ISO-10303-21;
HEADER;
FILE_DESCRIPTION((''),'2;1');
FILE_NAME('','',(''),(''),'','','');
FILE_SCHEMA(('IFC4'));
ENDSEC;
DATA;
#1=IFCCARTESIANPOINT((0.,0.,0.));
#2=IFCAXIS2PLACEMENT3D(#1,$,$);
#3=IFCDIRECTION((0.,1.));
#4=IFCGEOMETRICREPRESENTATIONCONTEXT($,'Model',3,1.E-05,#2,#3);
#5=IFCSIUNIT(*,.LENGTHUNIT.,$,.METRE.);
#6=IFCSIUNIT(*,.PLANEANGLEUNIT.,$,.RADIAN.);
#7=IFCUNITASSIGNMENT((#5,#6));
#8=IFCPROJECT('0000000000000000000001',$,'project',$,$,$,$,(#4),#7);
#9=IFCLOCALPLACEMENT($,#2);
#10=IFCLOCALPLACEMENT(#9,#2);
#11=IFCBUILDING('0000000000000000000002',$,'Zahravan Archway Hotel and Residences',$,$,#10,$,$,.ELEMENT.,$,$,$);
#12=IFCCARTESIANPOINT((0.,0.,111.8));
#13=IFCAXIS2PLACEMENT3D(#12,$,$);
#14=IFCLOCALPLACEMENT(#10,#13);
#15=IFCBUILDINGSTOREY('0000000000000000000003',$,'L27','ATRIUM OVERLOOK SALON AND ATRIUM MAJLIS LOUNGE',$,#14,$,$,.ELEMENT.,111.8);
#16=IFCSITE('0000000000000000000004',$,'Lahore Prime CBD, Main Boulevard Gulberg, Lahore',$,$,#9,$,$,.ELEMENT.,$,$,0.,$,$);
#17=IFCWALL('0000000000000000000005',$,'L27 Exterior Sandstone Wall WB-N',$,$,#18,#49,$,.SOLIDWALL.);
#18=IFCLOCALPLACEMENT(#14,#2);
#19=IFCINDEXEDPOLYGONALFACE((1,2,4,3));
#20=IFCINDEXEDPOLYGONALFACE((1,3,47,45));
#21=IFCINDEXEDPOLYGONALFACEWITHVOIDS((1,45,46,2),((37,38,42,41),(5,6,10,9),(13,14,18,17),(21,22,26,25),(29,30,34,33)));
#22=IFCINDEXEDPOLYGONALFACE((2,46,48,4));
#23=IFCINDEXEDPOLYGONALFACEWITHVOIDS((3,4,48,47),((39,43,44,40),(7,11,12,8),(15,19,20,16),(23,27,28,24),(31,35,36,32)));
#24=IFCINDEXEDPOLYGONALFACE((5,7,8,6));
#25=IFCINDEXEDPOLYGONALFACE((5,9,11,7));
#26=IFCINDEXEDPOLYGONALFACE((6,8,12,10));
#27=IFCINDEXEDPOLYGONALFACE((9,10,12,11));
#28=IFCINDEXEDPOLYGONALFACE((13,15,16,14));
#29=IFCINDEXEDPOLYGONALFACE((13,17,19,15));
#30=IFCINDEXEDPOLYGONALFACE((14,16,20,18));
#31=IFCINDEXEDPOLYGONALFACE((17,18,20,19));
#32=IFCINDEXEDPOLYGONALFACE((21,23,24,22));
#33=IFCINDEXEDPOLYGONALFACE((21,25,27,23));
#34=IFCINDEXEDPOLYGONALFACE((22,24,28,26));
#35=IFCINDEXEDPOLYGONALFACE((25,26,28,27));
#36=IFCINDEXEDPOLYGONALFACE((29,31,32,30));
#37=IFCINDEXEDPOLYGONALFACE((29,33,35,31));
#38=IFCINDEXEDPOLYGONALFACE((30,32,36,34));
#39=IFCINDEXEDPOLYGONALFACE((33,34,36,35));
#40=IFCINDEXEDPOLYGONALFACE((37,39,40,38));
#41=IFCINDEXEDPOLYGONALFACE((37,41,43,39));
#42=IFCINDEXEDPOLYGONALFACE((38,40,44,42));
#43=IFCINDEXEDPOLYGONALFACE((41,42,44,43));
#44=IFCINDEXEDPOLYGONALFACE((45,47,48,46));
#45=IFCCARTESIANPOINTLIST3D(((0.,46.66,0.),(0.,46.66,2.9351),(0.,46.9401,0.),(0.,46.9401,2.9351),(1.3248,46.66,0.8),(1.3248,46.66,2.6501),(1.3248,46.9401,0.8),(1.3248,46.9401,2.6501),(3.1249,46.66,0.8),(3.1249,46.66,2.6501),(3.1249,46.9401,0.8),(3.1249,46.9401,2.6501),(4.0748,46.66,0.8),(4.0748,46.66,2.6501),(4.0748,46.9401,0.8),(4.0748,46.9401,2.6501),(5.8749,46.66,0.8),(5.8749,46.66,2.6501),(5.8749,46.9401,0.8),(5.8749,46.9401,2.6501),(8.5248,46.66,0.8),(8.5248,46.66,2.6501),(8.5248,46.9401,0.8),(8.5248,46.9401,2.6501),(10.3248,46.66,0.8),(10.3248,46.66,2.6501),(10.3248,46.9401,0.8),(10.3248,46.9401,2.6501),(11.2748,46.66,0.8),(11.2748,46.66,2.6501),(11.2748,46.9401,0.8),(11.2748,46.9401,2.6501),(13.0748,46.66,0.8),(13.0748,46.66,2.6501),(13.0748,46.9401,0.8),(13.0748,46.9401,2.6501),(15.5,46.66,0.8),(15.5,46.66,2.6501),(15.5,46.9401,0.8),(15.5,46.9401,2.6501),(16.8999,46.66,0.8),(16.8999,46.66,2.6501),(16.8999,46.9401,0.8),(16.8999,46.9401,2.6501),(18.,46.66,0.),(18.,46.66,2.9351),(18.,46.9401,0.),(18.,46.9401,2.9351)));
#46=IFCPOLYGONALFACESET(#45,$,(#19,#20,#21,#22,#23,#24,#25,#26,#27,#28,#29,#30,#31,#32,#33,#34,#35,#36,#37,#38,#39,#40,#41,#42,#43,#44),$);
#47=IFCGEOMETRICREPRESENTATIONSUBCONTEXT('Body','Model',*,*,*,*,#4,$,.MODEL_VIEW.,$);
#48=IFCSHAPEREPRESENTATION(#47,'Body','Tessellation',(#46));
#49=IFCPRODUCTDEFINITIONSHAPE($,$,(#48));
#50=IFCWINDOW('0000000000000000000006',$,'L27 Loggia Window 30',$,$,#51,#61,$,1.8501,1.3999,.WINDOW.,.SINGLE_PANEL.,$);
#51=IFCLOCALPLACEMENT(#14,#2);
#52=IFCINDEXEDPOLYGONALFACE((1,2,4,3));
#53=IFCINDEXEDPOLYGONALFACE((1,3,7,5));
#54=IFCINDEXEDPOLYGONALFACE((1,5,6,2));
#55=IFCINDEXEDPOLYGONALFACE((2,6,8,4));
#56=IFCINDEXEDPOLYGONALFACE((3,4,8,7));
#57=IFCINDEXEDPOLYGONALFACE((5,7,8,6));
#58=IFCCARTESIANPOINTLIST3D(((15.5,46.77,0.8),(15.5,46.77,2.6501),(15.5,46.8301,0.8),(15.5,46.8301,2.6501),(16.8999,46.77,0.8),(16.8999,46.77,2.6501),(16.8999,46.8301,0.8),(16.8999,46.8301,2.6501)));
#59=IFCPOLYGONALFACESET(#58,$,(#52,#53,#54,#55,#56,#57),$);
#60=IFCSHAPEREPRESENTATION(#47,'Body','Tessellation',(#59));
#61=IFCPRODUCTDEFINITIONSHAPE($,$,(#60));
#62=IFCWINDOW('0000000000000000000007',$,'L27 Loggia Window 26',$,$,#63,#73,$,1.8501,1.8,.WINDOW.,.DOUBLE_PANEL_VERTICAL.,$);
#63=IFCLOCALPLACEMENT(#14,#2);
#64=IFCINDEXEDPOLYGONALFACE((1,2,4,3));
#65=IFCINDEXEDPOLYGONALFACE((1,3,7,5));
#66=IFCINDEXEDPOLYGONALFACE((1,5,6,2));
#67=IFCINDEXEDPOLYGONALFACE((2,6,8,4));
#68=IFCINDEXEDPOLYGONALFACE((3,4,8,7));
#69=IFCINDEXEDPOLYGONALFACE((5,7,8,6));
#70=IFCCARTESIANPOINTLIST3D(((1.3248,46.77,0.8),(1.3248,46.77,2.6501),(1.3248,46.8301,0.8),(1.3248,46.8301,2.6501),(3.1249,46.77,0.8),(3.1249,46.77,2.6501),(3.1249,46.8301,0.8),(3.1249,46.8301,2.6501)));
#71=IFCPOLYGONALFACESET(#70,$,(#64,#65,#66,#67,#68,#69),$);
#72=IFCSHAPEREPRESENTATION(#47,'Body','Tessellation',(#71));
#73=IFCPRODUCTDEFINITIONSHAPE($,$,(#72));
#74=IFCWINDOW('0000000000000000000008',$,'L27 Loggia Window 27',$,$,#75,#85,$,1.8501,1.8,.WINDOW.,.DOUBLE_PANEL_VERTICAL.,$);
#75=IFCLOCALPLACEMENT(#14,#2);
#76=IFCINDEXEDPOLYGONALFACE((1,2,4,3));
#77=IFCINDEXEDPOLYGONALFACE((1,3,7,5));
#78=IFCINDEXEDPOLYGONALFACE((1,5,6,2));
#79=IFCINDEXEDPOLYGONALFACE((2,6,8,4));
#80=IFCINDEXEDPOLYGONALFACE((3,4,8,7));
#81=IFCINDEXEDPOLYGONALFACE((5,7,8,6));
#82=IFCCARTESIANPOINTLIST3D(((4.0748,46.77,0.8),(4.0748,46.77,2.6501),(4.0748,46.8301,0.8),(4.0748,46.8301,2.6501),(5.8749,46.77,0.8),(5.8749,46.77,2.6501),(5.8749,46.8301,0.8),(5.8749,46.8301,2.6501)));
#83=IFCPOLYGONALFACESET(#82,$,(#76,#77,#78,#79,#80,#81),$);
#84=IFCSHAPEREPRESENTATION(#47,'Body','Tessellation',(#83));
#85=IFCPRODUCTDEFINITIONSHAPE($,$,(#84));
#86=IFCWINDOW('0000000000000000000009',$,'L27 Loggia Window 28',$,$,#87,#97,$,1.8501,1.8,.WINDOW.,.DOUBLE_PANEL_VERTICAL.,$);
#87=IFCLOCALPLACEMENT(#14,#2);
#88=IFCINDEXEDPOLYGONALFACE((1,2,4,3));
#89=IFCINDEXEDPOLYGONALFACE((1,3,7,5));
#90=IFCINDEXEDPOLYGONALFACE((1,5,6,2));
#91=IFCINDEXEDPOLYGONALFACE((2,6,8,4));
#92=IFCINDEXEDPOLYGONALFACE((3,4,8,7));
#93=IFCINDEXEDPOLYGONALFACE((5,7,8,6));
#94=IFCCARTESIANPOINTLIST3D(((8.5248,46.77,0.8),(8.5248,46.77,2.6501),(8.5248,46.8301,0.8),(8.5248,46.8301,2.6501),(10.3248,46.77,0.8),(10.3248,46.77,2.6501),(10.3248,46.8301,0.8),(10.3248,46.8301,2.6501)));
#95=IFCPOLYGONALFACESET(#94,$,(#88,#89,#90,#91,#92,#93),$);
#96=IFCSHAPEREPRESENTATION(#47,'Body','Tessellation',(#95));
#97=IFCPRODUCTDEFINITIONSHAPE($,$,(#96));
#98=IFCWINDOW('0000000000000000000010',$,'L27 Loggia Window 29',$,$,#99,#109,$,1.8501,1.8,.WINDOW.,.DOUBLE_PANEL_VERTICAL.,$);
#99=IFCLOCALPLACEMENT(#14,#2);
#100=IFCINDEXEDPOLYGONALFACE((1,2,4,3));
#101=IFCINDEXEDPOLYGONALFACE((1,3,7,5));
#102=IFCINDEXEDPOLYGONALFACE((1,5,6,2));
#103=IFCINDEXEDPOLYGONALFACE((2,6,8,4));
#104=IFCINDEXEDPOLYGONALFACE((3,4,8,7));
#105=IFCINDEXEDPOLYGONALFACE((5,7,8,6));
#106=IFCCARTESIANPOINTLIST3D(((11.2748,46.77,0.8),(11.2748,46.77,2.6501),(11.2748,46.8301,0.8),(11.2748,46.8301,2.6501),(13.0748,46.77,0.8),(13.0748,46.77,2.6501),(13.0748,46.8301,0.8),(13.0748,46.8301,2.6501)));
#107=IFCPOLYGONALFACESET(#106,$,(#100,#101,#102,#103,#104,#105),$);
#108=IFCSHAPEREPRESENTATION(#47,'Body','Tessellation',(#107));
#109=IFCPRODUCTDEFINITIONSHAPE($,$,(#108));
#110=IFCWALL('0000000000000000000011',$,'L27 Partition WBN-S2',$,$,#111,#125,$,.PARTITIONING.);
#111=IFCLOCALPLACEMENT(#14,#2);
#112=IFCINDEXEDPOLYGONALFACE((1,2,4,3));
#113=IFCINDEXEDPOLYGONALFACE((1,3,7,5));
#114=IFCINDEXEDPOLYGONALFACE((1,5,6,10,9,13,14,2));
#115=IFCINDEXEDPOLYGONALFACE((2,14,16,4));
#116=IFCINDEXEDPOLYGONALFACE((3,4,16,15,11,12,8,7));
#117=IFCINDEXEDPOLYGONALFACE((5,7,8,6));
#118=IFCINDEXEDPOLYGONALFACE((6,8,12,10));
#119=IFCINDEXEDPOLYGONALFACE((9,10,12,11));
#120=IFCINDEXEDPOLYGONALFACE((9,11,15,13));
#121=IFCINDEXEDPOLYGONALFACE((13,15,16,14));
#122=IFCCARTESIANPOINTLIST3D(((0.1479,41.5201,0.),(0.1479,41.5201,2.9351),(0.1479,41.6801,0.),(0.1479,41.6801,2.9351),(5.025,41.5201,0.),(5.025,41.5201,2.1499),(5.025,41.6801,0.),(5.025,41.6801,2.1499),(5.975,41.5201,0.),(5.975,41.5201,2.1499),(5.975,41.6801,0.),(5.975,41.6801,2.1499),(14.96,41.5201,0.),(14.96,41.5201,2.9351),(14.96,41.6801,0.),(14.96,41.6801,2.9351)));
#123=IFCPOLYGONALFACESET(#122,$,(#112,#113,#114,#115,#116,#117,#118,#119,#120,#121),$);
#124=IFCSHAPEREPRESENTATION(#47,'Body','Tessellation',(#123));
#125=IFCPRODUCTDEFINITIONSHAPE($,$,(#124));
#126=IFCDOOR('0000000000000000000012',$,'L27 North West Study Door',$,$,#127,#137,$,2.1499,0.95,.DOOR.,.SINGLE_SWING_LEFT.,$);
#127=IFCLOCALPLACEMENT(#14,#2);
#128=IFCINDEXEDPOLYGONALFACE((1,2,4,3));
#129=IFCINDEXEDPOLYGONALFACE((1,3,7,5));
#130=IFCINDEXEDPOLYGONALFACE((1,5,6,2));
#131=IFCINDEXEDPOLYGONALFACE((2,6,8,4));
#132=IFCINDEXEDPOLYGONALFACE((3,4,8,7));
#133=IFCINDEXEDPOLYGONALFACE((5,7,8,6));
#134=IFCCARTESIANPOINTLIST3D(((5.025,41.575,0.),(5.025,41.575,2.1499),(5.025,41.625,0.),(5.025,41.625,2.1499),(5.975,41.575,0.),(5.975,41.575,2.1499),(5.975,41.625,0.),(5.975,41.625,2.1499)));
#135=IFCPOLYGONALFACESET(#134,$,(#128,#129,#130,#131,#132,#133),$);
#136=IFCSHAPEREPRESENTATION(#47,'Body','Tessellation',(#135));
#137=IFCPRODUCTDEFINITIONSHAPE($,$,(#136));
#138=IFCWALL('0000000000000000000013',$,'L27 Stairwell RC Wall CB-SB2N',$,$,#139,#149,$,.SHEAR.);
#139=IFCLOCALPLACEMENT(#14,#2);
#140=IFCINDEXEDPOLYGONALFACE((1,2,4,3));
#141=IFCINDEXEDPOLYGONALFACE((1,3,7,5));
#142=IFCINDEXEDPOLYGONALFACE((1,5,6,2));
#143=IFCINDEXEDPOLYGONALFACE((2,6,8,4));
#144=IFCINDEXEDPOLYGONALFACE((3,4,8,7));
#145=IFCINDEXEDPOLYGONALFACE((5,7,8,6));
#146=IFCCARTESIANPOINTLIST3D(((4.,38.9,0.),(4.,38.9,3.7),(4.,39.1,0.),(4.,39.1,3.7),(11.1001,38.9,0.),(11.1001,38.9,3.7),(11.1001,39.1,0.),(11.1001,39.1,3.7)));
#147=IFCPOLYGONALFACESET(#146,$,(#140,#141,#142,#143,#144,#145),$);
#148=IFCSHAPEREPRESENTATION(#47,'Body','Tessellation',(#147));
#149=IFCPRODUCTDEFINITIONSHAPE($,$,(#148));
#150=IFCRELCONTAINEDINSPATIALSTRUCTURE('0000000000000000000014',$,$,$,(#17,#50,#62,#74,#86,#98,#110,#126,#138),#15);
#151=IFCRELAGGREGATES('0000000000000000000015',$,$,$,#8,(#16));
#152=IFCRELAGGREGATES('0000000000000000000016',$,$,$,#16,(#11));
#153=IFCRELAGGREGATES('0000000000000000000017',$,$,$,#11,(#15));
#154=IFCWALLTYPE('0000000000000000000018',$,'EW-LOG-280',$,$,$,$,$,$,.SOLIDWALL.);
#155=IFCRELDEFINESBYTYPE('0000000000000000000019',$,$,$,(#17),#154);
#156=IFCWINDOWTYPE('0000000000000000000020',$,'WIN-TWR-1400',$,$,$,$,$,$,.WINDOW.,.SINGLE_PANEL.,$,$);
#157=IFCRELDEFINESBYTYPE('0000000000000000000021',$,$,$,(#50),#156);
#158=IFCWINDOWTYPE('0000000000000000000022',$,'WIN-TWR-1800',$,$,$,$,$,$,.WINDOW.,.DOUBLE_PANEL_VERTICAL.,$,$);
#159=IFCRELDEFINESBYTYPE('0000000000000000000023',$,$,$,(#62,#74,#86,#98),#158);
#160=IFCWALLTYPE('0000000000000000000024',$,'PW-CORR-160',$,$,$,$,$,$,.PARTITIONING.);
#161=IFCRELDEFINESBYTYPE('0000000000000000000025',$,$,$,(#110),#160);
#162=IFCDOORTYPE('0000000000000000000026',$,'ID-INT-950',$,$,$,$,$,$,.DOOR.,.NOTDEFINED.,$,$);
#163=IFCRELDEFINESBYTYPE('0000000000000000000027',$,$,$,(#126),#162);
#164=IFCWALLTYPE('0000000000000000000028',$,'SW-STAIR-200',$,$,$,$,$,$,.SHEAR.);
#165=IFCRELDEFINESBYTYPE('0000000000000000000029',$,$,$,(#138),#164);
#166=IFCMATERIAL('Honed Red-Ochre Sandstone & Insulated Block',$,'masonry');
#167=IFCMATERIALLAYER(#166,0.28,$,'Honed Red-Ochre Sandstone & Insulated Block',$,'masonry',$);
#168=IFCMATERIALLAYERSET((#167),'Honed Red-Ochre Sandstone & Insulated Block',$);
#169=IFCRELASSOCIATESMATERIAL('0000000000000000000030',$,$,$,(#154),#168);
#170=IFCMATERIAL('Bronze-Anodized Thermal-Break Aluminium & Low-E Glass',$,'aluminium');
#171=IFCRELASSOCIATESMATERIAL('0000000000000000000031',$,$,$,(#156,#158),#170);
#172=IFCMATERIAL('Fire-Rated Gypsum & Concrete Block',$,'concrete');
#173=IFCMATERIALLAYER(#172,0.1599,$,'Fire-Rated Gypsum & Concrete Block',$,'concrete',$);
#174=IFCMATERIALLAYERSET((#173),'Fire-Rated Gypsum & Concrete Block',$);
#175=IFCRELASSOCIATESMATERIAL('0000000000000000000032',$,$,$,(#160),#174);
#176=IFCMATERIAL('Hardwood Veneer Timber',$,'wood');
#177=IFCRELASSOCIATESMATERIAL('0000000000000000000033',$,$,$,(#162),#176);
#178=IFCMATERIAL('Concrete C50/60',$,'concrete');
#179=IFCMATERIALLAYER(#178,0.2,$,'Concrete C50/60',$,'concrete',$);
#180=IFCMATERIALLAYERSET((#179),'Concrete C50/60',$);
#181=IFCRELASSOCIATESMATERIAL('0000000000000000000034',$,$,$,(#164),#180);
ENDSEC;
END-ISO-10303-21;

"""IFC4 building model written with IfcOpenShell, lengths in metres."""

from ifc_helpers import new_model, si_unit, direction, frame, frame_2d, origin, place, context, subcontext, project, spatial, rectangle, extrude, source, transform, mapped, material, layer, layer_set, type_object, type_shapes, element, fill, save


model = new_model("IFC4")

# Units and contexts
model_context = context("Model", 3, precision=1e-05, world=origin(), true_north=direction((0.0, 1.0)))
body_context = subcontext(model_context, "Body", "Model", "MODEL_VIEW")
ifc_project = project(units=[si_unit("LENGTHUNIT", "METRE"), si_unit("PLANEANGLEUNIT", "RADIAN")], contexts=[model_context])

# Site, building, storey
site_placement = place(None, origin())
site = spatial("IfcSite", under=ifc_project, at=site_placement, Name="Lahore Prime CBD, Main Boulevard Gulberg, Lahore", CompositionType="ELEMENT", RefElevation=0.0)
building_placement = place(site_placement, origin())
building = spatial("IfcBuilding", under=site, at=building_placement, Name="Zahravan Archway Hotel and Residences", CompositionType="ELEMENT")
storey_placement = place(building_placement, frame((0.0, 0.0, 111.8)))
storey = spatial("IfcBuildingStorey", under=building, at=storey_placement, Name="L27", Description="ATRIUM OVERLOOK SALON AND ATRIUM MAJLIS LOUNGE", CompositionType="ELEMENT", Elevation=111.8)

# Wall, openings, windows
ifc_material_1 = material(Name="Honed Red-Ochre Sandstone & Insulated Block", Category="masonry")
ifc_layer_1 = layer(ifc_material_1, 0.28, Name="Honed Red-Ochre Sandstone & Insulated Block", Category="masonry")
ifc_layer_set_1 = layer_set([ifc_layer_1], Name="Honed Red-Ochre Sandstone & Insulated Block")
wall_type_1 = type_object("IfcWallType", Name="EW-LOG-280", PredefinedType="SOLIDWALL", material=ifc_layer_set_1)
wall_1_placement = place(storey_placement, frame((0.0, 46.8, 0.0), z_axis=(0.0, 0.0, 1.0), x_axis=(1.0, 0.0, 0.0)))
wall_1 = element("IfcWall", 1, at=wall_1_placement, inside=storey, type_object=wall_type_1, Name="L27 Exterior Sandstone Wall WB-N", PredefinedType="SOLIDWALL", context=body_context, shape_type="SweptSolid", body=[
    extrude(rectangle(XDim=18.0, YDim=0.28, at=frame_2d((9.0, 0.0))), origin(), (0.0, 0.0, 1.0), 2.9351),
])
opening_1_placement = place(wall_1_placement, frame((1.325, 0.0, 0.8)))
opening_1 = element("IfcOpeningElement", 2, at=opening_1_placement, cuts=wall_1, PredefinedType="OPENING", context=body_context, shape_type="SweptSolid", body=[
    extrude(rectangle(XDim=1.8, YDim=1.8501, at=frame_2d((0.8999, 0.925))), frame((0.0, 0.1499, 0.0), z_axis=(0.0, -1.0, 0.0), x_axis=(1.0, 0.0, 0.0)), (0.0, 0.0, 1.0), 0.3),
])
opening_2_placement = place(wall_1_placement, frame((4.075, 0.0, 0.8)))
opening_2 = element("IfcOpeningElement", 3, at=opening_2_placement, cuts=wall_1, PredefinedType="OPENING", context=body_context, shape_type="SweptSolid", body=[
    extrude(rectangle(XDim=1.8, YDim=1.8501, at=frame_2d((0.8999, 0.925))), frame((0.0, 0.1499, 0.0), z_axis=(0.0, -1.0, 0.0), x_axis=(1.0, 0.0, 0.0)), (0.0, 0.0, 1.0), 0.3),
])
opening_3_placement = place(wall_1_placement, frame((8.5249, 0.0, 0.8)))
opening_3 = element("IfcOpeningElement", 4, at=opening_3_placement, cuts=wall_1, PredefinedType="OPENING", context=body_context, shape_type="SweptSolid", body=[
    extrude(rectangle(XDim=1.8, YDim=1.8501, at=frame_2d((0.8999, 0.925))), frame((0.0, 0.1499, 0.0), z_axis=(0.0, -1.0, 0.0), x_axis=(1.0, 0.0, 0.0)), (0.0, 0.0, 1.0), 0.3),
])
opening_4_placement = place(wall_1_placement, frame((11.2749, 0.0, 0.8)))
opening_4 = element("IfcOpeningElement", 5, at=opening_4_placement, cuts=wall_1, PredefinedType="OPENING", context=body_context, shape_type="SweptSolid", body=[
    extrude(rectangle(XDim=1.8, YDim=1.8501, at=frame_2d((0.8999, 0.925))), frame((0.0, 0.1499, 0.0), z_axis=(0.0, -1.0, 0.0), x_axis=(1.0, 0.0, 0.0)), (0.0, 0.0, 1.0), 0.3),
])
opening_5_placement = place(wall_1_placement, frame((15.5, 0.0, 0.8)))
opening_5 = element("IfcOpeningElement", 6, at=opening_5_placement, cuts=wall_1, PredefinedType="OPENING", context=body_context, shape_type="SweptSolid", body=[
    extrude(rectangle(XDim=1.3999, YDim=1.8501, at=frame_2d((0.7, 0.925))), frame((0.0, 0.1499, 0.0), z_axis=(0.0, -1.0, 0.0), x_axis=(1.0, 0.0, 0.0)), (0.0, 0.0, 1.0), 0.3),
])
ifc_material_2 = material(Name="Bronze-Anodized Thermal-Break Aluminium & Low-E Glass", Category="aluminium")
window_type_1 = type_object("IfcWindowType", Name="WIN-TWR-1400", PartitioningType="SINGLE_PANEL", PredefinedType="WINDOW", material=ifc_material_2)
shared_shape_1 = source(origin(), body_context, "Body", "SweptSolid", [
    extrude(rectangle(XDim=1.3999, YDim=1.8501, at=frame_2d((0.7, 0.925))), frame((0.0, 0.03, 0.0), z_axis=(0.0, -1.0, 0.0), x_axis=(1.0, 0.0, 0.0)), (0.0, 0.0, 1.0), 0.0601),
])
type_shapes(window_type_1, [shared_shape_1])
window_1_placement = place(opening_5_placement, origin())
window_1 = element("IfcWindow", 7, at=window_1_placement, inside=storey, type_object=window_type_1, Name="L27 Loggia Window 30", OverallHeight=1.8501, OverallWidth=1.3999, PartitioningType="SINGLE_PANEL", PredefinedType="WINDOW", context=body_context, shape_type="MappedRepresentation", body=[
    mapped(shared_shape_1, transform((0.0, 0.0, 0.0), scale=1.0)),
])
fill(opening_5, window_1)
window_type_2 = type_object("IfcWindowType", Name="WIN-TWR-1800", PartitioningType="DOUBLE_PANEL_VERTICAL", PredefinedType="WINDOW", material=ifc_material_2)
shared_shape_2 = source(origin(), body_context, "Body", "SweptSolid", [
    extrude(rectangle(XDim=1.8, YDim=1.8501, at=frame_2d((0.8999, 0.925))), frame((0.0, 0.03, 0.0), z_axis=(0.0, -1.0, 0.0), x_axis=(1.0, 0.0, 0.0)), (0.0, 0.0, 1.0), 0.0601),
])
type_shapes(window_type_2, [shared_shape_2])
window_2_placement = place(opening_1_placement, origin())
window_2 = element("IfcWindow", 8, at=window_2_placement, inside=storey, type_object=window_type_2, Name="L27 Loggia Window 26", OverallHeight=1.8501, OverallWidth=1.8, PartitioningType="DOUBLE_PANEL_VERTICAL", PredefinedType="WINDOW", context=body_context, shape_type="MappedRepresentation", body=[
    mapped(shared_shape_2, transform((0.0, 0.0, 0.0), scale=1.0)),
])
fill(opening_1, window_2)
window_3_placement = place(opening_2_placement, origin())
window_3 = element("IfcWindow", 9, at=window_3_placement, inside=storey, type_object=window_type_2, Name="L27 Loggia Window 27", OverallHeight=1.8501, OverallWidth=1.8, PartitioningType="DOUBLE_PANEL_VERTICAL", PredefinedType="WINDOW", context=body_context, shape_type="MappedRepresentation", body=[
    mapped(shared_shape_2, transform((0.0, 0.0, 0.0), scale=1.0)),
])
fill(opening_2, window_3)
window_4_placement = place(opening_3_placement, origin())
window_4 = element("IfcWindow", 10, at=window_4_placement, inside=storey, type_object=window_type_2, Name="L27 Loggia Window 28", OverallHeight=1.8501, OverallWidth=1.8, PartitioningType="DOUBLE_PANEL_VERTICAL", PredefinedType="WINDOW", context=body_context, shape_type="MappedRepresentation", body=[
    mapped(shared_shape_2, transform((0.0, 0.0, 0.0), scale=1.0)),
])
fill(opening_3, window_4)
window_5_placement = place(opening_4_placement, origin())
window_5 = element("IfcWindow", 11, at=window_5_placement, inside=storey, type_object=window_type_2, Name="L27 Loggia Window 29", OverallHeight=1.8501, OverallWidth=1.8, PartitioningType="DOUBLE_PANEL_VERTICAL", PredefinedType="WINDOW", context=body_context, shape_type="MappedRepresentation", body=[
    mapped(shared_shape_2, transform((0.0, 0.0, 0.0), scale=1.0)),
])
fill(opening_4, window_5)

# Wall, opening, door
ifc_material_3 = material(Name="Fire-Rated Gypsum & Concrete Block", Category="concrete")
ifc_layer_2 = layer(ifc_material_3, 0.1599, Name="Fire-Rated Gypsum & Concrete Block", Category="concrete")
ifc_layer_set_2 = layer_set([ifc_layer_2], Name="Fire-Rated Gypsum & Concrete Block")
wall_type_2 = type_object("IfcWallType", Name="PW-CORR-160", PredefinedType="PARTITIONING", material=ifc_layer_set_2)
wall_2_placement = place(storey_placement, frame((0.1479, 41.6001, 0.0), z_axis=(0.0, 0.0, 1.0), x_axis=(1.0, 0.0, 0.0)))
wall_2 = element("IfcWall", 12, at=wall_2_placement, inside=storey, type_object=wall_type_2, Name="L27 Partition WBN-S2", PredefinedType="PARTITIONING", context=body_context, shape_type="SweptSolid", body=[
    extrude(rectangle(XDim=14.812, YDim=0.1599, at=frame_2d((7.406, 0.0))), origin(), (0.0, 0.0, 1.0), 2.9351),
])
opening_6_placement = place(wall_2_placement, frame((4.877, 0.0, 0.0)))
opening_6 = element("IfcOpeningElement", 13, at=opening_6_placement, cuts=wall_2, PredefinedType="OPENING", context=body_context, shape_type="SweptSolid", body=[
    extrude(rectangle(XDim=0.95, YDim=2.1499, at=frame_2d((0.4751, 1.075))), frame((0.0, 0.0898, 0.0), z_axis=(0.0, -1.0, 0.0), x_axis=(1.0, 0.0, 0.0)), (0.0, 0.0, 1.0), 0.1799),
])
ifc_material_4 = material(Name="Hardwood Veneer Timber", Category="wood")
door_type_1 = type_object("IfcDoorType", Name="ID-INT-950", OperationType="NOTDEFINED", PredefinedType="DOOR", material=ifc_material_4)
shared_shape_3 = source(origin(), body_context, "Body", "SweptSolid", [
    extrude(rectangle(XDim=0.95, YDim=2.1499, at=frame_2d((0.4751, 1.075))), frame((0.0, 0.0249, 0.0), z_axis=(0.0, -1.0, 0.0), x_axis=(1.0, 0.0, 0.0)), (0.0, 0.0, 1.0), 0.05),
])
type_shapes(door_type_1, [shared_shape_3])
door_1_placement = place(opening_6_placement, origin())
door_1 = element("IfcDoor", 14, at=door_1_placement, inside=storey, type_object=door_type_1, Name="L27 North West Study Door", OperationType="SINGLE_SWING_LEFT", OverallHeight=2.1499, OverallWidth=0.95, PredefinedType="DOOR", context=body_context, shape_type="MappedRepresentation", body=[
    mapped(shared_shape_3, transform((0.0, 0.0, 0.0), scale=1.0)),
])
fill(opening_6, door_1)

# Wall
ifc_material_5 = material(Name="Concrete C50/60", Category="concrete")
ifc_layer_3 = layer(ifc_material_5, 0.2, Name="Concrete C50/60", Category="concrete")
ifc_layer_set_3 = layer_set([ifc_layer_3], Name="Concrete C50/60")
wall_type_3 = type_object("IfcWallType", Name="SW-STAIR-200", PredefinedType="SHEAR", material=ifc_layer_set_3)
wall_3_placement = place(storey_placement, frame((4.0, 39.0, 0.0), z_axis=(0.0, 0.0, 1.0), x_axis=(1.0, 0.0, 0.0)))
element("IfcWall", 15, at=wall_3_placement, inside=storey, type_object=wall_type_3, Name="L27 Stairwell RC Wall CB-SB2N", PredefinedType="SHEAR", context=body_context, shape_type="SweptSolid", body=[
    extrude(rectangle(XDim=7.1001, YDim=0.2, at=frame_2d((3.55, 0.0))), origin(), (0.0, 0.0, 1.0), 3.7),
])

save(model, "model.ifc")
